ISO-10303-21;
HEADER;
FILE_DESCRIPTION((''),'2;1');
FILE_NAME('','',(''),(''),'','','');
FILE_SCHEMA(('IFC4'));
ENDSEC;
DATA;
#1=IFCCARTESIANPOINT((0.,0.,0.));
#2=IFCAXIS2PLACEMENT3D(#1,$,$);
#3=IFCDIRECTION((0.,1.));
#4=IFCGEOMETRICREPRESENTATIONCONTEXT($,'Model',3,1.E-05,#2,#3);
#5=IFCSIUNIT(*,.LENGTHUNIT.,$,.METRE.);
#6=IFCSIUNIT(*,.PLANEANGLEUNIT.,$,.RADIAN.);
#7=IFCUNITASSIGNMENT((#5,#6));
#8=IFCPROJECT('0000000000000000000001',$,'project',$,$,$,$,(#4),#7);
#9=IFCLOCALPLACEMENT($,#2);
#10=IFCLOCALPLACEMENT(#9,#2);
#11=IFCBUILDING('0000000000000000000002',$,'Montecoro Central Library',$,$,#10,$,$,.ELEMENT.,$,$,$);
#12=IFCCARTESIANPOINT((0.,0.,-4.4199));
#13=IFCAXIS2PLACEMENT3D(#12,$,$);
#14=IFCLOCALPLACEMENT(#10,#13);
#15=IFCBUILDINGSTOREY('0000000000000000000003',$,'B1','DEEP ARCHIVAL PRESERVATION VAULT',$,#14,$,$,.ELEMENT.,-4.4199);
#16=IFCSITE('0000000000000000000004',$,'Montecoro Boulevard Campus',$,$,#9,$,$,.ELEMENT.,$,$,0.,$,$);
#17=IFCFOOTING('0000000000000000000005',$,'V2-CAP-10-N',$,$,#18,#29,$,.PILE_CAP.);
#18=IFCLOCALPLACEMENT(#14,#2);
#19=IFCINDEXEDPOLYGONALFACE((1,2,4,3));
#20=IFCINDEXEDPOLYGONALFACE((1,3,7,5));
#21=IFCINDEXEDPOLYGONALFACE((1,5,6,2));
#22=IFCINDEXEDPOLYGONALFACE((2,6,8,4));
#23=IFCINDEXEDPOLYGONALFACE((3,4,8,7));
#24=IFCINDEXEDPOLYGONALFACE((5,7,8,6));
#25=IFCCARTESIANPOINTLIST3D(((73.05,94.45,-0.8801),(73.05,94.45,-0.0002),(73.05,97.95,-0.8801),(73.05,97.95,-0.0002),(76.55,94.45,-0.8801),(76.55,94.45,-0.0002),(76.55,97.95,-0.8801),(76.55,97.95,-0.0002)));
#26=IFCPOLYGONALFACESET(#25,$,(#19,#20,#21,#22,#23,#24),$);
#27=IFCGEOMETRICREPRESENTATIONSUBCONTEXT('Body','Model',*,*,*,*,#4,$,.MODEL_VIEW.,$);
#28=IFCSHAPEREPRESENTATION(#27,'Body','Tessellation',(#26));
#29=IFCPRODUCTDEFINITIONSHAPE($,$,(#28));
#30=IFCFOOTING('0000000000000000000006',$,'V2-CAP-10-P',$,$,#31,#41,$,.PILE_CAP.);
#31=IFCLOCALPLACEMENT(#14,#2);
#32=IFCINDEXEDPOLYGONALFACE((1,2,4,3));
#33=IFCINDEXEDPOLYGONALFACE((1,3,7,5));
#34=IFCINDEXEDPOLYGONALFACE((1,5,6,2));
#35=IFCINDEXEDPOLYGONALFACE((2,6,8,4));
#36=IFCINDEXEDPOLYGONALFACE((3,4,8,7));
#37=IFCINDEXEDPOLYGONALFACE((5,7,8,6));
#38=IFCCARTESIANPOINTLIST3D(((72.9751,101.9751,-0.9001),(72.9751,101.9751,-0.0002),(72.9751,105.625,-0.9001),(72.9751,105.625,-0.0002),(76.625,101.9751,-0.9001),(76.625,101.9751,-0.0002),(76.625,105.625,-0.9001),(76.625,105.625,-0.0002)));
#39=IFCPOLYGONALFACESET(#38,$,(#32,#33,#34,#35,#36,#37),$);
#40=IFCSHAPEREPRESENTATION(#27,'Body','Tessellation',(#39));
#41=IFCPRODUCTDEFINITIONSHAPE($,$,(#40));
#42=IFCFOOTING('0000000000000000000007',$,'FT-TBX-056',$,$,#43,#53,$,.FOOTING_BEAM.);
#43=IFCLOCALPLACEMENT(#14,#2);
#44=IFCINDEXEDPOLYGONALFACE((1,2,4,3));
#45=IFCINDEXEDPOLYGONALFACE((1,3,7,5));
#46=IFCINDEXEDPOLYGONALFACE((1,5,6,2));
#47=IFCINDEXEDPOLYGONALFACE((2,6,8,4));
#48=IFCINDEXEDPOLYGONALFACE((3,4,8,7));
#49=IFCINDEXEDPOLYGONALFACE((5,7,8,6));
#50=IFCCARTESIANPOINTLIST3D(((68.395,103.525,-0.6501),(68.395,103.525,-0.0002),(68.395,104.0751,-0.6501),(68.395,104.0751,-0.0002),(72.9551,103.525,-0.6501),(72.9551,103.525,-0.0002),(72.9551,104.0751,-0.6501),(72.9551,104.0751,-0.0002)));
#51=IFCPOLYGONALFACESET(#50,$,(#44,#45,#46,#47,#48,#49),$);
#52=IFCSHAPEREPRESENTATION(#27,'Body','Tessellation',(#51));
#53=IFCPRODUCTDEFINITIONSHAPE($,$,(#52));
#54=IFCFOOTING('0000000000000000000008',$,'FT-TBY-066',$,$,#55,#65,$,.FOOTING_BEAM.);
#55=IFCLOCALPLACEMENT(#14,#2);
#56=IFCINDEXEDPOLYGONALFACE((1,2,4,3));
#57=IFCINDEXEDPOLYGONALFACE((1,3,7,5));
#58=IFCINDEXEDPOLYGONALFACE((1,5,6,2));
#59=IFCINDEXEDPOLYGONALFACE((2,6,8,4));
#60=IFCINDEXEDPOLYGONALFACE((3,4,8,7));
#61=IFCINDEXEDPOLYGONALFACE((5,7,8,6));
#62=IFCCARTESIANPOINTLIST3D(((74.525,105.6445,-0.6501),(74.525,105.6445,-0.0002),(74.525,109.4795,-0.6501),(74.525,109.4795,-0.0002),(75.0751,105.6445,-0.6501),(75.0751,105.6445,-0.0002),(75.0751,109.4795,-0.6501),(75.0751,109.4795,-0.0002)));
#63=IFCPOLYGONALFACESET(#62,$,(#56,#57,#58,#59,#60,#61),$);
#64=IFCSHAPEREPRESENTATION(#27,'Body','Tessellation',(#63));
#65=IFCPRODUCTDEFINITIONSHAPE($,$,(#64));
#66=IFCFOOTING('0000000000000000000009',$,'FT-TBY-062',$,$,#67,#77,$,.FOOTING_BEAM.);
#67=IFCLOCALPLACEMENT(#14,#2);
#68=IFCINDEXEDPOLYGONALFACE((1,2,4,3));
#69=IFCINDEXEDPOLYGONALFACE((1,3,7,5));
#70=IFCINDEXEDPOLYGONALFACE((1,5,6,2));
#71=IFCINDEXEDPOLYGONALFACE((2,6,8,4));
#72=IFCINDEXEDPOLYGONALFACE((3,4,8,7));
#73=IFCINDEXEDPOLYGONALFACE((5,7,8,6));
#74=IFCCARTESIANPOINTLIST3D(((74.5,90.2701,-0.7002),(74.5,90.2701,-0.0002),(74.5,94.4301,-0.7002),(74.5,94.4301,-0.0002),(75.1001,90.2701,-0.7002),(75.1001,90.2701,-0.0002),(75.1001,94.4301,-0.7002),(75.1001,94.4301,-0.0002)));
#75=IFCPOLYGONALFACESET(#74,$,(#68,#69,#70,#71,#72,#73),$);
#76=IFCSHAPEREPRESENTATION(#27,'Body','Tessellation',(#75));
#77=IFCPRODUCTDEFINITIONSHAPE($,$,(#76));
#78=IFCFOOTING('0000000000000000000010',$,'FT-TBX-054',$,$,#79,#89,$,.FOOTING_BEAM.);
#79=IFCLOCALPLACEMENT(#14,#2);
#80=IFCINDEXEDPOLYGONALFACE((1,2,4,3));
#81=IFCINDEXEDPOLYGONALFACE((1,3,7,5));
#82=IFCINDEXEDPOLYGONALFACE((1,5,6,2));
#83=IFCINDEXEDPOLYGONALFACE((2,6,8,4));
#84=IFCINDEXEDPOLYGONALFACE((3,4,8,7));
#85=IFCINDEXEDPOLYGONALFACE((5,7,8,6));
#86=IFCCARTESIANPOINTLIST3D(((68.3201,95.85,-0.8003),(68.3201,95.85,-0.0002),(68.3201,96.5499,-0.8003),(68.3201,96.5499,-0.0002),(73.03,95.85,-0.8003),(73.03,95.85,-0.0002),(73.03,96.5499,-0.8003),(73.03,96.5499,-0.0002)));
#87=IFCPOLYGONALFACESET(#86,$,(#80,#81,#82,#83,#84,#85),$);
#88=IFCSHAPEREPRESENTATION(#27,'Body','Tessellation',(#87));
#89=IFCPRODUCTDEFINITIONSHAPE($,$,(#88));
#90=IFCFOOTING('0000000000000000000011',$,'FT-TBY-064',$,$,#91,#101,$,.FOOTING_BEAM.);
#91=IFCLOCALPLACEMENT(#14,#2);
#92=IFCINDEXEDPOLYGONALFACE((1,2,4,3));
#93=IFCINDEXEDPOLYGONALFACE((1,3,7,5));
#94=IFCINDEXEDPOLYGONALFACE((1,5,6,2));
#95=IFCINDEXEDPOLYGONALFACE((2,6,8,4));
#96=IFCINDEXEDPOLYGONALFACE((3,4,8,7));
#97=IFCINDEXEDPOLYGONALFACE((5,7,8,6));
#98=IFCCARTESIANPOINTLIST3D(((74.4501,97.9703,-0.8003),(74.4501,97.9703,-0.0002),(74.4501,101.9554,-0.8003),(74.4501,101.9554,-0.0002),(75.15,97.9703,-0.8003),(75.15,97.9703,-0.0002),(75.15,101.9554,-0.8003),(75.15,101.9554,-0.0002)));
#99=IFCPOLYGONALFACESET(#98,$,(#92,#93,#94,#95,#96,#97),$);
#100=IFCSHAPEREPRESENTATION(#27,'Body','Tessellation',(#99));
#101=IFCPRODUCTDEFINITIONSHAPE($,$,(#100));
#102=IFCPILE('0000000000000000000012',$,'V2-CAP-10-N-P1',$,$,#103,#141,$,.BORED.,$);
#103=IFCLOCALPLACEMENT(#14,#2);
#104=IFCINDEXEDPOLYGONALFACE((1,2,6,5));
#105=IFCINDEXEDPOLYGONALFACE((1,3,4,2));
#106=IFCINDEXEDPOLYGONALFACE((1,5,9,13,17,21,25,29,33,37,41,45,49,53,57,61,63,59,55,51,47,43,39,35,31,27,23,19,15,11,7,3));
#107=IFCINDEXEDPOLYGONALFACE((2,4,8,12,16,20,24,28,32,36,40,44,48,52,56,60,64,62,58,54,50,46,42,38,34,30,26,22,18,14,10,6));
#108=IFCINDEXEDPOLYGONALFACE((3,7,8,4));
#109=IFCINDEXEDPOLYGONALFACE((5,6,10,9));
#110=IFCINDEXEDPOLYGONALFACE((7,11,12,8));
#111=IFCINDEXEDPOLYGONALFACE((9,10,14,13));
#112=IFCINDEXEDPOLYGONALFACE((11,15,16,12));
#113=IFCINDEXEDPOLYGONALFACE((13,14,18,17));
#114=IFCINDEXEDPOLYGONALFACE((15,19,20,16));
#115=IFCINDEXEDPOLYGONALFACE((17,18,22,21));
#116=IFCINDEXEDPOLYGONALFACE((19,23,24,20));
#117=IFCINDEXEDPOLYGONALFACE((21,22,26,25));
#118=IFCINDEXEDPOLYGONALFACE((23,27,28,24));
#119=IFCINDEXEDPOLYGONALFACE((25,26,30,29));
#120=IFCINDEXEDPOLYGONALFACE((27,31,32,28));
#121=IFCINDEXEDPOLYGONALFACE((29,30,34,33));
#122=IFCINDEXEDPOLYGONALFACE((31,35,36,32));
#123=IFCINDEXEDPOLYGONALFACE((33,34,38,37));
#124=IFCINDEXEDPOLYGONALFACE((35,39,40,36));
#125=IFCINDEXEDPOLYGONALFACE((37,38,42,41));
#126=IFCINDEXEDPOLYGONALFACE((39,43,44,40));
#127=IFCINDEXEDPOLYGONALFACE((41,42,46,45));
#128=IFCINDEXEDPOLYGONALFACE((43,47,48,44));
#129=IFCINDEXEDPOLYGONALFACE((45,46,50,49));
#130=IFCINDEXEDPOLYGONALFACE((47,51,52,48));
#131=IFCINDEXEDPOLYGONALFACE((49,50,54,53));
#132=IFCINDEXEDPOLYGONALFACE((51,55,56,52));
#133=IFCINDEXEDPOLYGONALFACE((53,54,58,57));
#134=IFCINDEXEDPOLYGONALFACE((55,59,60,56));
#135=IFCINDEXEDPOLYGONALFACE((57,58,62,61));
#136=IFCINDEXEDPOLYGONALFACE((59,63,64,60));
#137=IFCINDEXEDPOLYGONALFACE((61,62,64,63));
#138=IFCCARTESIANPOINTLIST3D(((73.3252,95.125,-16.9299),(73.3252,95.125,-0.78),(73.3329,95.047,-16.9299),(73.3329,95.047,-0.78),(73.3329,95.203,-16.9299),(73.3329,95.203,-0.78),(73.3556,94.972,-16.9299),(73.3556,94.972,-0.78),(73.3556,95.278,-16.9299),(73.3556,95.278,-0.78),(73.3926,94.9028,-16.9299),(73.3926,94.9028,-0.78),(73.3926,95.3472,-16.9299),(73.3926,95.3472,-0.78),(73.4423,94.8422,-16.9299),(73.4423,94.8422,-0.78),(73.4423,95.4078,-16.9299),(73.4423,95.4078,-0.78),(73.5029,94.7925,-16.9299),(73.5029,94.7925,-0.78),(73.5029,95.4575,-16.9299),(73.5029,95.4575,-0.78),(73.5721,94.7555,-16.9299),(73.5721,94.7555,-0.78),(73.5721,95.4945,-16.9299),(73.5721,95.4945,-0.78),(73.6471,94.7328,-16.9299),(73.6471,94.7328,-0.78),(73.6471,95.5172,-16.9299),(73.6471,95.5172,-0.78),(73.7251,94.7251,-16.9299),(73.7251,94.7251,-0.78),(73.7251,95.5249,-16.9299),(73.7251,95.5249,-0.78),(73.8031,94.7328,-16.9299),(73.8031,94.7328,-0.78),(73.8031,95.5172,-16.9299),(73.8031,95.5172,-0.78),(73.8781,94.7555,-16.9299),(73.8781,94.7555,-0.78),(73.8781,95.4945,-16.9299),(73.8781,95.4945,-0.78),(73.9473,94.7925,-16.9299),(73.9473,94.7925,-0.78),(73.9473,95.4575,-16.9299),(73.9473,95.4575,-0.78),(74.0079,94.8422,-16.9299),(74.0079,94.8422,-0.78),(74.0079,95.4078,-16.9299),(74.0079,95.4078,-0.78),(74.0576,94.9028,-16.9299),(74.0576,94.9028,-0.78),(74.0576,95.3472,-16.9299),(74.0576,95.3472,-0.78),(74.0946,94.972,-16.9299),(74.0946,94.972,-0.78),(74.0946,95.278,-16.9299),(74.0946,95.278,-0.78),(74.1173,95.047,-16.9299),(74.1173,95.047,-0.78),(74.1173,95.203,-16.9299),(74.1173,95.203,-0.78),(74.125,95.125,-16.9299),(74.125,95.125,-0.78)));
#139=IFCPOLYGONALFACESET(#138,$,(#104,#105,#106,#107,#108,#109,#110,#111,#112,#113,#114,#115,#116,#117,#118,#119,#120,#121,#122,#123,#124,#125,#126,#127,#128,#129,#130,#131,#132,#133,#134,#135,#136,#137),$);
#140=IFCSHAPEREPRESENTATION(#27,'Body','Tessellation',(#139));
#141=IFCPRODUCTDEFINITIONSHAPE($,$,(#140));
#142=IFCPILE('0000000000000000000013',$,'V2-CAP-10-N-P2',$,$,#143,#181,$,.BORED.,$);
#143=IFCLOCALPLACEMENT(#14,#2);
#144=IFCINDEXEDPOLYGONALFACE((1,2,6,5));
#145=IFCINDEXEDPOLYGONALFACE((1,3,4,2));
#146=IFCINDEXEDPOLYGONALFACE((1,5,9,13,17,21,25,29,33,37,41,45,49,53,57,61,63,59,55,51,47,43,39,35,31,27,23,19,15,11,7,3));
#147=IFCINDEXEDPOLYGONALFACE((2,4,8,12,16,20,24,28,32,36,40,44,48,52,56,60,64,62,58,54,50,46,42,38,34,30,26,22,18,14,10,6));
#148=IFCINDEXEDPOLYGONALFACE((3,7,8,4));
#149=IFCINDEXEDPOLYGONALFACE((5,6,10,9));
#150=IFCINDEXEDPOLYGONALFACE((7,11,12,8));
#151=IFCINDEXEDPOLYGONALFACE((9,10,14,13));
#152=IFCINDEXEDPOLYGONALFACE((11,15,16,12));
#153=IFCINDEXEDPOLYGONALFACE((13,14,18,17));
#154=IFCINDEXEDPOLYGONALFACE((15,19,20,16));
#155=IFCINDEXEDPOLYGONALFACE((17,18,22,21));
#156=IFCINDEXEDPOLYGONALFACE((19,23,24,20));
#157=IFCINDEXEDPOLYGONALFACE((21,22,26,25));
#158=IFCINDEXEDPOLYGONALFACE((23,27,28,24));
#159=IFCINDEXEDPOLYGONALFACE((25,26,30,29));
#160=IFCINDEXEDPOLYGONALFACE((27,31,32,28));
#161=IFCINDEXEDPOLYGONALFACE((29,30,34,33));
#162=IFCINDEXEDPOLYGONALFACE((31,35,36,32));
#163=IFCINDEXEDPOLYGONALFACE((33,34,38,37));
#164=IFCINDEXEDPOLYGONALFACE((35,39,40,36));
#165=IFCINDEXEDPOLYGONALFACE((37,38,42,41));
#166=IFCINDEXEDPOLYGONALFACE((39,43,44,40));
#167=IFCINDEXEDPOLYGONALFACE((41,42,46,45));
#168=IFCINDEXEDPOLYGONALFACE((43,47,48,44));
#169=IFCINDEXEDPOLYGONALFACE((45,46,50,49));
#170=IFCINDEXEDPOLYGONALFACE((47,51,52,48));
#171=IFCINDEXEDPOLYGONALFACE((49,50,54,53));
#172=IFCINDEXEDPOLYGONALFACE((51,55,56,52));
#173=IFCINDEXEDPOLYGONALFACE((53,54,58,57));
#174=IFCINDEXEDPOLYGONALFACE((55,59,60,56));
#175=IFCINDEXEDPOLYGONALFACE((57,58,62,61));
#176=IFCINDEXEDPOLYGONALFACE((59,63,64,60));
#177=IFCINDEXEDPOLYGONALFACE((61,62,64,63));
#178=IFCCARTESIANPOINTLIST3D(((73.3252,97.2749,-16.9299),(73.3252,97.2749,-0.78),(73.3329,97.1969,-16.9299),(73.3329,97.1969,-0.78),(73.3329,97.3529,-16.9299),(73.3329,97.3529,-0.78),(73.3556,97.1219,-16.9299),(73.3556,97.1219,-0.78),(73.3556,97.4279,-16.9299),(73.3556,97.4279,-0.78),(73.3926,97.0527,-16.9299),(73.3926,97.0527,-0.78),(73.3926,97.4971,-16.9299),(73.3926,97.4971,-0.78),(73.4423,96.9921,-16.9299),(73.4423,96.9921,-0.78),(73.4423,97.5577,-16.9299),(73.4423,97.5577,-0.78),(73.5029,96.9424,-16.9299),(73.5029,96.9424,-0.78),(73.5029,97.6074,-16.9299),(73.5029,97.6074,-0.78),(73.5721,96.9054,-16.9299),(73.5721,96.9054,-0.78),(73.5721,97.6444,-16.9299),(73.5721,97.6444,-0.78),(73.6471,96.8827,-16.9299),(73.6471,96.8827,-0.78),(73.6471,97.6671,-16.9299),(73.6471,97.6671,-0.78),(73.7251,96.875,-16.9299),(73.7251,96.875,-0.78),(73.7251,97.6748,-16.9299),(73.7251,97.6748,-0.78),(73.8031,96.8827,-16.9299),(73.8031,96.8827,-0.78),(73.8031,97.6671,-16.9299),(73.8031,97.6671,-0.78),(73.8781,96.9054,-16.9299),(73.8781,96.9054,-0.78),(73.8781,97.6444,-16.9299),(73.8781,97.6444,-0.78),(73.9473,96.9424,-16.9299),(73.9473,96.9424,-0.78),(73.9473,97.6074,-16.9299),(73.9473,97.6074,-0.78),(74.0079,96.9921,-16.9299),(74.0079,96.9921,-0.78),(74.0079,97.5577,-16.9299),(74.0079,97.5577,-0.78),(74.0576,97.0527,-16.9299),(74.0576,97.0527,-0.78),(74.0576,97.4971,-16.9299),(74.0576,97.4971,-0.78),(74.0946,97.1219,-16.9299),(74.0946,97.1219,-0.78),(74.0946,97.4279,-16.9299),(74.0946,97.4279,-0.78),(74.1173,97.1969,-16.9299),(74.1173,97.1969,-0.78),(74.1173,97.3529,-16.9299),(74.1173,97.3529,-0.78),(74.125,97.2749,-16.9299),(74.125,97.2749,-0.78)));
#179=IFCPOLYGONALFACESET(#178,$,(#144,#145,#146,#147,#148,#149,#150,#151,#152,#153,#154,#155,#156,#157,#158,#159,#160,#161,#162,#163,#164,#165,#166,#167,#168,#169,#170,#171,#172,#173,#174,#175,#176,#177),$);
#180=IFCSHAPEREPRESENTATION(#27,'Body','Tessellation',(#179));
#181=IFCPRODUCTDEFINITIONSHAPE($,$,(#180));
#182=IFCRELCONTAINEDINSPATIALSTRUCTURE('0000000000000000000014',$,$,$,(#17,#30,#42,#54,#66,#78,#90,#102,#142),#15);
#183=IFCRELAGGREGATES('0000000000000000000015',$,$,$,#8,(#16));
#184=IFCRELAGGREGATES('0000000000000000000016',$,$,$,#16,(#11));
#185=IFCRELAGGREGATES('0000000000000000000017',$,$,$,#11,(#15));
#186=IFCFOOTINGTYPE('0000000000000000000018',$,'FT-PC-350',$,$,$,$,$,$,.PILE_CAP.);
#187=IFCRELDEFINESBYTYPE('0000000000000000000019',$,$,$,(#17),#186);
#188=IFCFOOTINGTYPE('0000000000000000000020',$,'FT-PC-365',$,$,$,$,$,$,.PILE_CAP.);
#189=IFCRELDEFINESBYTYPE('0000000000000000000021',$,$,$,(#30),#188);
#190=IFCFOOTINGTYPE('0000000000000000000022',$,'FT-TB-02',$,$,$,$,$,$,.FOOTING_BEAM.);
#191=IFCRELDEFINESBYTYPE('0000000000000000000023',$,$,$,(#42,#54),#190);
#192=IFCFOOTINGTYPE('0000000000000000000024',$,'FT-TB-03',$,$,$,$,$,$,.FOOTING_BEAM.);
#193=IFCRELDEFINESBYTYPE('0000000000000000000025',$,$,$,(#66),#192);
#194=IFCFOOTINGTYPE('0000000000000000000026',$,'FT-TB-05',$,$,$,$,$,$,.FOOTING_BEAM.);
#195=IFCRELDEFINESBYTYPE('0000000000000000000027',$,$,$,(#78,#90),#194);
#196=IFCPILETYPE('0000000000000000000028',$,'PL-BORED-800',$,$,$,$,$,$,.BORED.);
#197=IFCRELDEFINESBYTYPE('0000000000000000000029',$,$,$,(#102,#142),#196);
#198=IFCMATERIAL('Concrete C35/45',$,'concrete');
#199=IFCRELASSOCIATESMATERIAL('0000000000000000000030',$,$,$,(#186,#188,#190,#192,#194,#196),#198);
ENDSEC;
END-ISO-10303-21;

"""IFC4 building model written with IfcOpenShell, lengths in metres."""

from ifc_helpers import new_model, si_unit, direction, frame, origin, origin_2d, place, context, subcontext, project, spatial, rectangle, circle, extrude, material, material_profile, profile_set, type_object, element, save


model = new_model("IFC4")

# Units and contexts
model_context = context("Model", 3, precision=1e-05, world=origin(), true_north=direction((0.0, 1.0)))
body_context = subcontext(model_context, "Body", "Model", "MODEL_VIEW")
ifc_project = project(units=[si_unit("LENGTHUNIT", "METRE"), si_unit("PLANEANGLEUNIT", "RADIAN")], contexts=[model_context])

# Site, building, storey
site_placement = place(None, origin())
site = spatial("IfcSite", under=ifc_project, at=site_placement, Name="Montecoro Boulevard Campus", CompositionType="ELEMENT", RefElevation=0.0)
building_placement = place(site_placement, origin())
building = spatial("IfcBuilding", under=site, at=building_placement, Name="Montecoro Central Library", CompositionType="ELEMENT")
storey_placement = place(building_placement, frame((0.0, 0.0, -4.4199)))
storey = spatial("IfcBuildingStorey", under=building, at=storey_placement, Name="B1", Description="DEEP ARCHIVAL PRESERVATION VAULT", CompositionType="ELEMENT", Elevation=-4.4199)

# Footings
ifc_material_1 = material(Name="Concrete C35/45", Category="concrete")
footing_type_1 = type_object("IfcFootingType", Name="FT-PC-350", PredefinedType="PILE_CAP", material=ifc_material_1)
footing_1_placement = place(storey_placement, frame((74.8, 96.2, -0.8801), z_axis=(0.0, 0.0, 1.0), x_axis=(1.0, 0.0, 0.0)))
element("IfcFooting", 1, at=footing_1_placement, inside=storey, type_object=footing_type_1, Name="V2-CAP-10-N", PredefinedType="PILE_CAP", context=body_context, shape_type="SweptSolid", body=[
    extrude(rectangle(XDim=3.5, YDim=3.5, at=origin_2d()), origin(), (0.0, 0.0, 1.0), 0.8799),
])
footing_type_2 = type_object("IfcFootingType", Name="FT-PC-365", PredefinedType="PILE_CAP", material=ifc_material_1)
footing_2_placement = place(storey_placement, frame((74.8, 103.8, -0.9001), z_axis=(0.0, 0.0, 1.0), x_axis=(1.0, 0.0, 0.0)))
element("IfcFooting", 2, at=footing_2_placement, inside=storey, type_object=footing_type_2, Name="V2-CAP-10-P", PredefinedType="PILE_CAP", context=body_context, shape_type="SweptSolid", body=[
    extrude(rectangle(XDim=3.6499, YDim=3.6499, at=origin_2d()), origin(), (0.0, 0.0, 1.0), 0.8999),
])
footing_type_3 = type_object("IfcFootingType", Name="FT-TB-02", PredefinedType="FOOTING_BEAM", material=ifc_material_1)
footing_3_placement = place(storey_placement, frame((70.675, 103.8, -0.6501), z_axis=(0.0, 0.0, 1.0), x_axis=(1.0, 0.0, 0.0)))
element("IfcFooting", 3, at=footing_3_placement, inside=storey, type_object=footing_type_3, Name="FT-TBX-056", PredefinedType="FOOTING_BEAM", context=body_context, shape_type="SweptSolid", body=[
    extrude(rectangle(XDim=4.5601, YDim=0.55, at=origin_2d()), origin(), (0.0, 0.0, 1.0), 0.6499),
])
footing_4_placement = place(storey_placement, frame((74.8, 107.562, -0.6501), z_axis=(0.0, 0.0, 1.0), x_axis=(1.0, 0.0, 0.0)))
element("IfcFooting", 4, at=footing_4_placement, inside=storey, type_object=footing_type_3, Name="FT-TBY-066", PredefinedType="FOOTING_BEAM", context=body_context, shape_type="SweptSolid", body=[
    extrude(rectangle(XDim=0.55, YDim=3.835, at=origin_2d()), origin(), (0.0, 0.0, 1.0), 0.6499),
])
footing_type_4 = type_object("IfcFootingType", Name="FT-TB-03", PredefinedType="FOOTING_BEAM", material=ifc_material_1)
footing_5_placement = place(storey_placement, frame((74.8, 92.3501, -0.7002), z_axis=(0.0, 0.0, 1.0), x_axis=(1.0, 0.0, 0.0)))
element("IfcFooting", 5, at=footing_5_placement, inside=storey, type_object=footing_type_4, Name="FT-TBY-062", PredefinedType="FOOTING_BEAM", context=body_context, shape_type="SweptSolid", body=[
    extrude(rectangle(XDim=0.6001, YDim=4.1599, at=origin_2d()), origin(), (0.0, 0.0, 1.0), 0.7),
])
footing_type_5 = type_object("IfcFootingType", Name="FT-TB-05", PredefinedType="FOOTING_BEAM", material=ifc_material_1)
footing_6_placement = place(storey_placement, frame((70.675, 96.2, -0.8003), z_axis=(0.0, 0.0, 1.0), x_axis=(1.0, 0.0, 0.0)))
element("IfcFooting", 6, at=footing_6_placement, inside=storey, type_object=footing_type_5, Name="FT-TBX-054", PredefinedType="FOOTING_BEAM", context=body_context, shape_type="SweptSolid", body=[
    extrude(rectangle(XDim=4.71, YDim=0.7, at=origin_2d()), origin(), (0.0, 0.0, 1.0), 0.8),
])
footing_7_placement = place(storey_placement, frame((74.8, 99.9629, -0.8003), z_axis=(0.0, 0.0, 1.0), x_axis=(1.0, 0.0, 0.0)))
element("IfcFooting", 7, at=footing_7_placement, inside=storey, type_object=footing_type_5, Name="FT-TBY-064", PredefinedType="FOOTING_BEAM", context=body_context, shape_type="SweptSolid", body=[
    extrude(rectangle(XDim=0.7, YDim=3.9851, at=origin_2d()), origin(), (0.0, 0.0, 1.0), 0.8),
])

# Piles
ifc_material_profile_1 = material_profile(ifc_material_1, circle(Radius=0.3999, at=origin_2d()), Name="PILE D800")
ifc_profile_set_1 = profile_set([ifc_material_profile_1], Name="Concrete C35/45")
pile_type_1 = type_object("IfcPileType", Name="PL-BORED-800", PredefinedType="BORED", material=ifc_profile_set_1)
for number, where, z_axis, x_axis, name in (
    (8, (73.7251, 95.125, -0.78), (0.0, 0.0, -1.0), (1.0, 0.0, 0.0), "V2-CAP-10-N-P1"),
    (9, (73.7251, 97.2749, -0.78), (0.0, 0.0, -1.0), (1.0, 0.0, 0.0), "V2-CAP-10-N-P2"),
):
    element("IfcPile", number, at=place(storey_placement, frame(where, z_axis=z_axis, x_axis=x_axis)), inside=storey, type_object=pile_type_1, Name=name, PredefinedType="BORED", context=body_context, shape_type="SweptSolid", body=[
        extrude(circle(Radius=0.3999, at=origin_2d()), origin(), (0.0, 0.0, 1.0), 16.1499),
    ])

save(model, "model.ifc")
